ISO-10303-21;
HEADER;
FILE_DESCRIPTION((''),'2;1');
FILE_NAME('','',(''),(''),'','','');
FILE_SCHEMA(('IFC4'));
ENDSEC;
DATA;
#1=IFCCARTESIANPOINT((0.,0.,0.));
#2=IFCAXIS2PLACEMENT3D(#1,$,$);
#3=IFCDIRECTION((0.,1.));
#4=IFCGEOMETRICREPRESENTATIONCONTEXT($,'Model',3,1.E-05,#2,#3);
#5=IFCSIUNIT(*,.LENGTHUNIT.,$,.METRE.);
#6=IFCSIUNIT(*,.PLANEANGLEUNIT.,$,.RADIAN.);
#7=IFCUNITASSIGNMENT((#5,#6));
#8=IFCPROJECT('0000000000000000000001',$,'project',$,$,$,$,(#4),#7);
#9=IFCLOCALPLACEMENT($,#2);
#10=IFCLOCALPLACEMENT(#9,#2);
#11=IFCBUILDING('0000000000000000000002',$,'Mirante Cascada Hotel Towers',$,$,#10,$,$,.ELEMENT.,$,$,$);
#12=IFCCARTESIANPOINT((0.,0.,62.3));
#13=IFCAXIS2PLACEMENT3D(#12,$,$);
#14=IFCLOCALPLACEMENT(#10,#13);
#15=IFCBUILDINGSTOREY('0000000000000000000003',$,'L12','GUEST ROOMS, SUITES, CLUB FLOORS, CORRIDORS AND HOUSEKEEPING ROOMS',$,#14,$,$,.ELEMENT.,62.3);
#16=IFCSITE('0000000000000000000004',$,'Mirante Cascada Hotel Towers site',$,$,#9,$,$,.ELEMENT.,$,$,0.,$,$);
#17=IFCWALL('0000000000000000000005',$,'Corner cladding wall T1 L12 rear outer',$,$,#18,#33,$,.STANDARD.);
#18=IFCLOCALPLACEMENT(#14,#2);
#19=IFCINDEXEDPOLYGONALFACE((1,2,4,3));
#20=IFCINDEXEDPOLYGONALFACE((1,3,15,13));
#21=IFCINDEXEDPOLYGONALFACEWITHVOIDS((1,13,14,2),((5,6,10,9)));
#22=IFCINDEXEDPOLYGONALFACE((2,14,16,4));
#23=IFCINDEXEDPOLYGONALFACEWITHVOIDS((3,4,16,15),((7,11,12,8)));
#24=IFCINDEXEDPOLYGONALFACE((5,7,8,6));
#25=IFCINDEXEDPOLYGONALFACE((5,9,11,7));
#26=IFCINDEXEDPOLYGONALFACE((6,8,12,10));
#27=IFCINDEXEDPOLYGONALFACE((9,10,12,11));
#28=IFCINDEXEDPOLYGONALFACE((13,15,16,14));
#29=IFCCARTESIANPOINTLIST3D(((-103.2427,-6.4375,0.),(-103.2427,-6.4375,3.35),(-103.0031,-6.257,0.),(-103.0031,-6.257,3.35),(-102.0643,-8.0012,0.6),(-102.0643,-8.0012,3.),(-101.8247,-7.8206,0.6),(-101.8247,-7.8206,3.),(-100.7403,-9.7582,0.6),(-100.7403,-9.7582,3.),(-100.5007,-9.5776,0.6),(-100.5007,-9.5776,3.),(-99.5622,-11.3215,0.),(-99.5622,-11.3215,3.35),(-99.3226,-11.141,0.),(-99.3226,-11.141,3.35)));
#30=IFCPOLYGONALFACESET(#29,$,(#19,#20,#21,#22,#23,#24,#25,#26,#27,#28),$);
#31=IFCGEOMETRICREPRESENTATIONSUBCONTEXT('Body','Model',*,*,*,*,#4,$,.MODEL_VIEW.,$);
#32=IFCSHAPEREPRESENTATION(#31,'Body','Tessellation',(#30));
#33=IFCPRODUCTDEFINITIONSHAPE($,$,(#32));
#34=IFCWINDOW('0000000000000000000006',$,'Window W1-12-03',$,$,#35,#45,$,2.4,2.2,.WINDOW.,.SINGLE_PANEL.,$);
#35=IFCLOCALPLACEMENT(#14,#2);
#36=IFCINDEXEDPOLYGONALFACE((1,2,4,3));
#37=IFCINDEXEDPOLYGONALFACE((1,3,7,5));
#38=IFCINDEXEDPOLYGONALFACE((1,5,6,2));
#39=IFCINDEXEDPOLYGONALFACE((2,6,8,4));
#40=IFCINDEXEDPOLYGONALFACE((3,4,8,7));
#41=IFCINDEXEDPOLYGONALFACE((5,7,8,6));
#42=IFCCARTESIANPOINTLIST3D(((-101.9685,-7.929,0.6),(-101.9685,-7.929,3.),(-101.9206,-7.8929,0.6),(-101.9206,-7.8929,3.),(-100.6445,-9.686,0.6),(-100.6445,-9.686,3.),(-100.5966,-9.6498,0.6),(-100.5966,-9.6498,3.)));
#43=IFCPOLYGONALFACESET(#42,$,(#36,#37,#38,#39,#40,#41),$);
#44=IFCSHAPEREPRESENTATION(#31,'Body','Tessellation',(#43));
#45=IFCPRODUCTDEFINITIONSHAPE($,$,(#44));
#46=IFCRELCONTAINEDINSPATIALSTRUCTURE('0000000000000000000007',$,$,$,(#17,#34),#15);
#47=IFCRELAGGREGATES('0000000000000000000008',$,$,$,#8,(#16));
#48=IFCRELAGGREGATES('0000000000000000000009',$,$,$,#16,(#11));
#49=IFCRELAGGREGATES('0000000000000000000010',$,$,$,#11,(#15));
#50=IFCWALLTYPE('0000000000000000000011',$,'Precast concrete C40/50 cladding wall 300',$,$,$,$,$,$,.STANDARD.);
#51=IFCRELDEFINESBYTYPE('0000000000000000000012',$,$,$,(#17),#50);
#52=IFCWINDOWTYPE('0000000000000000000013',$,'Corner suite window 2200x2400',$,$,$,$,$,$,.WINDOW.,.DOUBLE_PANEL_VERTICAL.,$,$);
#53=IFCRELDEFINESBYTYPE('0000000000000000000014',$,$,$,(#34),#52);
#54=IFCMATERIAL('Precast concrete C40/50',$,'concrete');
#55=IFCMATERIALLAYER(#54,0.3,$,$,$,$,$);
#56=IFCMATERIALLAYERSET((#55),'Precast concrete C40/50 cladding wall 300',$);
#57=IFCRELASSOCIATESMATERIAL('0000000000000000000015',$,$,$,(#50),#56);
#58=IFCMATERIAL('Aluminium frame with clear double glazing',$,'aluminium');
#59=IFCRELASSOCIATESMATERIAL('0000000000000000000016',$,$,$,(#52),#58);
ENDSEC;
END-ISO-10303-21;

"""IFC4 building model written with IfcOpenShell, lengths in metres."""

from ifc_helpers import new_model, si_unit, direction, frame, frame_2d, origin, place, context, subcontext, project, spatial, rectangle, extrude, material, layer, layer_set, type_object, element, fill, save


model = new_model("IFC4")

# Units and contexts
model_context = context("Model", 3, precision=1e-05, world=origin(), true_north=direction((0.0, 1.0)))
body_context = subcontext(model_context, "Body", "Model", "MODEL_VIEW")
ifc_project = project(units=[si_unit("LENGTHUNIT", "METRE"), si_unit("PLANEANGLEUNIT", "RADIAN")], contexts=[model_context])

# Site, building, storey
site_placement = place(None, origin())
site = spatial("IfcSite", under=ifc_project, at=site_placement, Name="Mirante Cascada Hotel Towers site", CompositionType="ELEMENT", RefElevation=0.0)
building_placement = place(site_placement, origin())
building = spatial("IfcBuilding", under=site, at=building_placement, Name="Mirante Cascada Hotel Towers", CompositionType="ELEMENT")
storey_placement = place(building_placement, frame((0.0, 0.0, 62.3)))
storey = spatial("IfcBuildingStorey", under=building, at=storey_placement, Name="L12", Description="GUEST ROOMS, SUITES, CLUB FLOORS, CORRIDORS AND HOUSEKEEPING ROOMS", CompositionType="ELEMENT", Elevation=62.3)

# Wall, opening, window
ifc_material_1 = material(Name="Precast concrete C40/50", Category="concrete")
ifc_layer_1 = layer(ifc_material_1, 0.3)
ifc_layer_set_1 = layer_set([ifc_layer_1], Name="Precast concrete C40/50 cladding wall 300")
wall_type_1 = type_object("IfcWallType", Name="Precast concrete C40/50 cladding wall 300", PredefinedType="STANDARD", material=ifc_layer_set_1)
wall_1_placement = place(storey_placement, frame((-99.4424, -11.2313, 0.0), z_axis=(0.0, 0.0, 1.0), x_axis=(-0.601819, 0.798632, 0.0)))
wall_1 = element("IfcWall", 1, at=wall_1_placement, inside=storey, type_object=wall_type_1, Name="Corner cladding wall T1 L12 rear outer", PredefinedType="STANDARD", context=body_context, shape_type="SweptSolid", body=[
    extrude(rectangle(XDim=6.1155, YDim=0.3, at=frame_2d((3.0578, 0.0))), origin(), (0.0, 0.0, 1.0), 3.35),
])
opening_placement = place(wall_1_placement, frame((1.9576, 0.0, 0.6)))
opening = element("IfcOpeningElement", 2, at=opening_placement, cuts=wall_1, PredefinedType="OPENING", context=body_context, shape_type="SweptSolid", body=[
    extrude(rectangle(XDim=2.2, YDim=2.4, at=frame_2d((1.1, 1.2))), frame((0.0, 0.15, 0.0), z_axis=(0.0, -1.0, 0.0), x_axis=(1.0, 0.0, 0.0)), (0.0, 0.0, 1.0), 0.3),
])
ifc_material_2 = material(Name="Aluminium frame with clear double glazing", Category="aluminium")
window_type = type_object("IfcWindowType", Name="Corner suite window 2200x2400", PartitioningType="DOUBLE_PANEL_VERTICAL", PredefinedType="WINDOW", material=ifc_material_2)
window_placement = place(opening_placement, origin())
window = element("IfcWindow", 3, at=window_placement, inside=storey, type_object=window_type, Name="Window W1-12-03", OverallHeight=2.4, OverallWidth=2.2, PartitioningType="SINGLE_PANEL", PredefinedType="WINDOW", context=body_context, shape_type="SweptSolid", body=[
    extrude(rectangle(XDim=2.2, YDim=2.4, at=frame_2d((1.1, 1.2))), frame((0.0, 0.03, 0.0), z_axis=(0.0, -1.0, 0.0), x_axis=(1.0, 0.0, 0.0)), (0.0, 0.0, 1.0), 0.06),
])
fill(opening, window)

save(model, "model.ifc")
